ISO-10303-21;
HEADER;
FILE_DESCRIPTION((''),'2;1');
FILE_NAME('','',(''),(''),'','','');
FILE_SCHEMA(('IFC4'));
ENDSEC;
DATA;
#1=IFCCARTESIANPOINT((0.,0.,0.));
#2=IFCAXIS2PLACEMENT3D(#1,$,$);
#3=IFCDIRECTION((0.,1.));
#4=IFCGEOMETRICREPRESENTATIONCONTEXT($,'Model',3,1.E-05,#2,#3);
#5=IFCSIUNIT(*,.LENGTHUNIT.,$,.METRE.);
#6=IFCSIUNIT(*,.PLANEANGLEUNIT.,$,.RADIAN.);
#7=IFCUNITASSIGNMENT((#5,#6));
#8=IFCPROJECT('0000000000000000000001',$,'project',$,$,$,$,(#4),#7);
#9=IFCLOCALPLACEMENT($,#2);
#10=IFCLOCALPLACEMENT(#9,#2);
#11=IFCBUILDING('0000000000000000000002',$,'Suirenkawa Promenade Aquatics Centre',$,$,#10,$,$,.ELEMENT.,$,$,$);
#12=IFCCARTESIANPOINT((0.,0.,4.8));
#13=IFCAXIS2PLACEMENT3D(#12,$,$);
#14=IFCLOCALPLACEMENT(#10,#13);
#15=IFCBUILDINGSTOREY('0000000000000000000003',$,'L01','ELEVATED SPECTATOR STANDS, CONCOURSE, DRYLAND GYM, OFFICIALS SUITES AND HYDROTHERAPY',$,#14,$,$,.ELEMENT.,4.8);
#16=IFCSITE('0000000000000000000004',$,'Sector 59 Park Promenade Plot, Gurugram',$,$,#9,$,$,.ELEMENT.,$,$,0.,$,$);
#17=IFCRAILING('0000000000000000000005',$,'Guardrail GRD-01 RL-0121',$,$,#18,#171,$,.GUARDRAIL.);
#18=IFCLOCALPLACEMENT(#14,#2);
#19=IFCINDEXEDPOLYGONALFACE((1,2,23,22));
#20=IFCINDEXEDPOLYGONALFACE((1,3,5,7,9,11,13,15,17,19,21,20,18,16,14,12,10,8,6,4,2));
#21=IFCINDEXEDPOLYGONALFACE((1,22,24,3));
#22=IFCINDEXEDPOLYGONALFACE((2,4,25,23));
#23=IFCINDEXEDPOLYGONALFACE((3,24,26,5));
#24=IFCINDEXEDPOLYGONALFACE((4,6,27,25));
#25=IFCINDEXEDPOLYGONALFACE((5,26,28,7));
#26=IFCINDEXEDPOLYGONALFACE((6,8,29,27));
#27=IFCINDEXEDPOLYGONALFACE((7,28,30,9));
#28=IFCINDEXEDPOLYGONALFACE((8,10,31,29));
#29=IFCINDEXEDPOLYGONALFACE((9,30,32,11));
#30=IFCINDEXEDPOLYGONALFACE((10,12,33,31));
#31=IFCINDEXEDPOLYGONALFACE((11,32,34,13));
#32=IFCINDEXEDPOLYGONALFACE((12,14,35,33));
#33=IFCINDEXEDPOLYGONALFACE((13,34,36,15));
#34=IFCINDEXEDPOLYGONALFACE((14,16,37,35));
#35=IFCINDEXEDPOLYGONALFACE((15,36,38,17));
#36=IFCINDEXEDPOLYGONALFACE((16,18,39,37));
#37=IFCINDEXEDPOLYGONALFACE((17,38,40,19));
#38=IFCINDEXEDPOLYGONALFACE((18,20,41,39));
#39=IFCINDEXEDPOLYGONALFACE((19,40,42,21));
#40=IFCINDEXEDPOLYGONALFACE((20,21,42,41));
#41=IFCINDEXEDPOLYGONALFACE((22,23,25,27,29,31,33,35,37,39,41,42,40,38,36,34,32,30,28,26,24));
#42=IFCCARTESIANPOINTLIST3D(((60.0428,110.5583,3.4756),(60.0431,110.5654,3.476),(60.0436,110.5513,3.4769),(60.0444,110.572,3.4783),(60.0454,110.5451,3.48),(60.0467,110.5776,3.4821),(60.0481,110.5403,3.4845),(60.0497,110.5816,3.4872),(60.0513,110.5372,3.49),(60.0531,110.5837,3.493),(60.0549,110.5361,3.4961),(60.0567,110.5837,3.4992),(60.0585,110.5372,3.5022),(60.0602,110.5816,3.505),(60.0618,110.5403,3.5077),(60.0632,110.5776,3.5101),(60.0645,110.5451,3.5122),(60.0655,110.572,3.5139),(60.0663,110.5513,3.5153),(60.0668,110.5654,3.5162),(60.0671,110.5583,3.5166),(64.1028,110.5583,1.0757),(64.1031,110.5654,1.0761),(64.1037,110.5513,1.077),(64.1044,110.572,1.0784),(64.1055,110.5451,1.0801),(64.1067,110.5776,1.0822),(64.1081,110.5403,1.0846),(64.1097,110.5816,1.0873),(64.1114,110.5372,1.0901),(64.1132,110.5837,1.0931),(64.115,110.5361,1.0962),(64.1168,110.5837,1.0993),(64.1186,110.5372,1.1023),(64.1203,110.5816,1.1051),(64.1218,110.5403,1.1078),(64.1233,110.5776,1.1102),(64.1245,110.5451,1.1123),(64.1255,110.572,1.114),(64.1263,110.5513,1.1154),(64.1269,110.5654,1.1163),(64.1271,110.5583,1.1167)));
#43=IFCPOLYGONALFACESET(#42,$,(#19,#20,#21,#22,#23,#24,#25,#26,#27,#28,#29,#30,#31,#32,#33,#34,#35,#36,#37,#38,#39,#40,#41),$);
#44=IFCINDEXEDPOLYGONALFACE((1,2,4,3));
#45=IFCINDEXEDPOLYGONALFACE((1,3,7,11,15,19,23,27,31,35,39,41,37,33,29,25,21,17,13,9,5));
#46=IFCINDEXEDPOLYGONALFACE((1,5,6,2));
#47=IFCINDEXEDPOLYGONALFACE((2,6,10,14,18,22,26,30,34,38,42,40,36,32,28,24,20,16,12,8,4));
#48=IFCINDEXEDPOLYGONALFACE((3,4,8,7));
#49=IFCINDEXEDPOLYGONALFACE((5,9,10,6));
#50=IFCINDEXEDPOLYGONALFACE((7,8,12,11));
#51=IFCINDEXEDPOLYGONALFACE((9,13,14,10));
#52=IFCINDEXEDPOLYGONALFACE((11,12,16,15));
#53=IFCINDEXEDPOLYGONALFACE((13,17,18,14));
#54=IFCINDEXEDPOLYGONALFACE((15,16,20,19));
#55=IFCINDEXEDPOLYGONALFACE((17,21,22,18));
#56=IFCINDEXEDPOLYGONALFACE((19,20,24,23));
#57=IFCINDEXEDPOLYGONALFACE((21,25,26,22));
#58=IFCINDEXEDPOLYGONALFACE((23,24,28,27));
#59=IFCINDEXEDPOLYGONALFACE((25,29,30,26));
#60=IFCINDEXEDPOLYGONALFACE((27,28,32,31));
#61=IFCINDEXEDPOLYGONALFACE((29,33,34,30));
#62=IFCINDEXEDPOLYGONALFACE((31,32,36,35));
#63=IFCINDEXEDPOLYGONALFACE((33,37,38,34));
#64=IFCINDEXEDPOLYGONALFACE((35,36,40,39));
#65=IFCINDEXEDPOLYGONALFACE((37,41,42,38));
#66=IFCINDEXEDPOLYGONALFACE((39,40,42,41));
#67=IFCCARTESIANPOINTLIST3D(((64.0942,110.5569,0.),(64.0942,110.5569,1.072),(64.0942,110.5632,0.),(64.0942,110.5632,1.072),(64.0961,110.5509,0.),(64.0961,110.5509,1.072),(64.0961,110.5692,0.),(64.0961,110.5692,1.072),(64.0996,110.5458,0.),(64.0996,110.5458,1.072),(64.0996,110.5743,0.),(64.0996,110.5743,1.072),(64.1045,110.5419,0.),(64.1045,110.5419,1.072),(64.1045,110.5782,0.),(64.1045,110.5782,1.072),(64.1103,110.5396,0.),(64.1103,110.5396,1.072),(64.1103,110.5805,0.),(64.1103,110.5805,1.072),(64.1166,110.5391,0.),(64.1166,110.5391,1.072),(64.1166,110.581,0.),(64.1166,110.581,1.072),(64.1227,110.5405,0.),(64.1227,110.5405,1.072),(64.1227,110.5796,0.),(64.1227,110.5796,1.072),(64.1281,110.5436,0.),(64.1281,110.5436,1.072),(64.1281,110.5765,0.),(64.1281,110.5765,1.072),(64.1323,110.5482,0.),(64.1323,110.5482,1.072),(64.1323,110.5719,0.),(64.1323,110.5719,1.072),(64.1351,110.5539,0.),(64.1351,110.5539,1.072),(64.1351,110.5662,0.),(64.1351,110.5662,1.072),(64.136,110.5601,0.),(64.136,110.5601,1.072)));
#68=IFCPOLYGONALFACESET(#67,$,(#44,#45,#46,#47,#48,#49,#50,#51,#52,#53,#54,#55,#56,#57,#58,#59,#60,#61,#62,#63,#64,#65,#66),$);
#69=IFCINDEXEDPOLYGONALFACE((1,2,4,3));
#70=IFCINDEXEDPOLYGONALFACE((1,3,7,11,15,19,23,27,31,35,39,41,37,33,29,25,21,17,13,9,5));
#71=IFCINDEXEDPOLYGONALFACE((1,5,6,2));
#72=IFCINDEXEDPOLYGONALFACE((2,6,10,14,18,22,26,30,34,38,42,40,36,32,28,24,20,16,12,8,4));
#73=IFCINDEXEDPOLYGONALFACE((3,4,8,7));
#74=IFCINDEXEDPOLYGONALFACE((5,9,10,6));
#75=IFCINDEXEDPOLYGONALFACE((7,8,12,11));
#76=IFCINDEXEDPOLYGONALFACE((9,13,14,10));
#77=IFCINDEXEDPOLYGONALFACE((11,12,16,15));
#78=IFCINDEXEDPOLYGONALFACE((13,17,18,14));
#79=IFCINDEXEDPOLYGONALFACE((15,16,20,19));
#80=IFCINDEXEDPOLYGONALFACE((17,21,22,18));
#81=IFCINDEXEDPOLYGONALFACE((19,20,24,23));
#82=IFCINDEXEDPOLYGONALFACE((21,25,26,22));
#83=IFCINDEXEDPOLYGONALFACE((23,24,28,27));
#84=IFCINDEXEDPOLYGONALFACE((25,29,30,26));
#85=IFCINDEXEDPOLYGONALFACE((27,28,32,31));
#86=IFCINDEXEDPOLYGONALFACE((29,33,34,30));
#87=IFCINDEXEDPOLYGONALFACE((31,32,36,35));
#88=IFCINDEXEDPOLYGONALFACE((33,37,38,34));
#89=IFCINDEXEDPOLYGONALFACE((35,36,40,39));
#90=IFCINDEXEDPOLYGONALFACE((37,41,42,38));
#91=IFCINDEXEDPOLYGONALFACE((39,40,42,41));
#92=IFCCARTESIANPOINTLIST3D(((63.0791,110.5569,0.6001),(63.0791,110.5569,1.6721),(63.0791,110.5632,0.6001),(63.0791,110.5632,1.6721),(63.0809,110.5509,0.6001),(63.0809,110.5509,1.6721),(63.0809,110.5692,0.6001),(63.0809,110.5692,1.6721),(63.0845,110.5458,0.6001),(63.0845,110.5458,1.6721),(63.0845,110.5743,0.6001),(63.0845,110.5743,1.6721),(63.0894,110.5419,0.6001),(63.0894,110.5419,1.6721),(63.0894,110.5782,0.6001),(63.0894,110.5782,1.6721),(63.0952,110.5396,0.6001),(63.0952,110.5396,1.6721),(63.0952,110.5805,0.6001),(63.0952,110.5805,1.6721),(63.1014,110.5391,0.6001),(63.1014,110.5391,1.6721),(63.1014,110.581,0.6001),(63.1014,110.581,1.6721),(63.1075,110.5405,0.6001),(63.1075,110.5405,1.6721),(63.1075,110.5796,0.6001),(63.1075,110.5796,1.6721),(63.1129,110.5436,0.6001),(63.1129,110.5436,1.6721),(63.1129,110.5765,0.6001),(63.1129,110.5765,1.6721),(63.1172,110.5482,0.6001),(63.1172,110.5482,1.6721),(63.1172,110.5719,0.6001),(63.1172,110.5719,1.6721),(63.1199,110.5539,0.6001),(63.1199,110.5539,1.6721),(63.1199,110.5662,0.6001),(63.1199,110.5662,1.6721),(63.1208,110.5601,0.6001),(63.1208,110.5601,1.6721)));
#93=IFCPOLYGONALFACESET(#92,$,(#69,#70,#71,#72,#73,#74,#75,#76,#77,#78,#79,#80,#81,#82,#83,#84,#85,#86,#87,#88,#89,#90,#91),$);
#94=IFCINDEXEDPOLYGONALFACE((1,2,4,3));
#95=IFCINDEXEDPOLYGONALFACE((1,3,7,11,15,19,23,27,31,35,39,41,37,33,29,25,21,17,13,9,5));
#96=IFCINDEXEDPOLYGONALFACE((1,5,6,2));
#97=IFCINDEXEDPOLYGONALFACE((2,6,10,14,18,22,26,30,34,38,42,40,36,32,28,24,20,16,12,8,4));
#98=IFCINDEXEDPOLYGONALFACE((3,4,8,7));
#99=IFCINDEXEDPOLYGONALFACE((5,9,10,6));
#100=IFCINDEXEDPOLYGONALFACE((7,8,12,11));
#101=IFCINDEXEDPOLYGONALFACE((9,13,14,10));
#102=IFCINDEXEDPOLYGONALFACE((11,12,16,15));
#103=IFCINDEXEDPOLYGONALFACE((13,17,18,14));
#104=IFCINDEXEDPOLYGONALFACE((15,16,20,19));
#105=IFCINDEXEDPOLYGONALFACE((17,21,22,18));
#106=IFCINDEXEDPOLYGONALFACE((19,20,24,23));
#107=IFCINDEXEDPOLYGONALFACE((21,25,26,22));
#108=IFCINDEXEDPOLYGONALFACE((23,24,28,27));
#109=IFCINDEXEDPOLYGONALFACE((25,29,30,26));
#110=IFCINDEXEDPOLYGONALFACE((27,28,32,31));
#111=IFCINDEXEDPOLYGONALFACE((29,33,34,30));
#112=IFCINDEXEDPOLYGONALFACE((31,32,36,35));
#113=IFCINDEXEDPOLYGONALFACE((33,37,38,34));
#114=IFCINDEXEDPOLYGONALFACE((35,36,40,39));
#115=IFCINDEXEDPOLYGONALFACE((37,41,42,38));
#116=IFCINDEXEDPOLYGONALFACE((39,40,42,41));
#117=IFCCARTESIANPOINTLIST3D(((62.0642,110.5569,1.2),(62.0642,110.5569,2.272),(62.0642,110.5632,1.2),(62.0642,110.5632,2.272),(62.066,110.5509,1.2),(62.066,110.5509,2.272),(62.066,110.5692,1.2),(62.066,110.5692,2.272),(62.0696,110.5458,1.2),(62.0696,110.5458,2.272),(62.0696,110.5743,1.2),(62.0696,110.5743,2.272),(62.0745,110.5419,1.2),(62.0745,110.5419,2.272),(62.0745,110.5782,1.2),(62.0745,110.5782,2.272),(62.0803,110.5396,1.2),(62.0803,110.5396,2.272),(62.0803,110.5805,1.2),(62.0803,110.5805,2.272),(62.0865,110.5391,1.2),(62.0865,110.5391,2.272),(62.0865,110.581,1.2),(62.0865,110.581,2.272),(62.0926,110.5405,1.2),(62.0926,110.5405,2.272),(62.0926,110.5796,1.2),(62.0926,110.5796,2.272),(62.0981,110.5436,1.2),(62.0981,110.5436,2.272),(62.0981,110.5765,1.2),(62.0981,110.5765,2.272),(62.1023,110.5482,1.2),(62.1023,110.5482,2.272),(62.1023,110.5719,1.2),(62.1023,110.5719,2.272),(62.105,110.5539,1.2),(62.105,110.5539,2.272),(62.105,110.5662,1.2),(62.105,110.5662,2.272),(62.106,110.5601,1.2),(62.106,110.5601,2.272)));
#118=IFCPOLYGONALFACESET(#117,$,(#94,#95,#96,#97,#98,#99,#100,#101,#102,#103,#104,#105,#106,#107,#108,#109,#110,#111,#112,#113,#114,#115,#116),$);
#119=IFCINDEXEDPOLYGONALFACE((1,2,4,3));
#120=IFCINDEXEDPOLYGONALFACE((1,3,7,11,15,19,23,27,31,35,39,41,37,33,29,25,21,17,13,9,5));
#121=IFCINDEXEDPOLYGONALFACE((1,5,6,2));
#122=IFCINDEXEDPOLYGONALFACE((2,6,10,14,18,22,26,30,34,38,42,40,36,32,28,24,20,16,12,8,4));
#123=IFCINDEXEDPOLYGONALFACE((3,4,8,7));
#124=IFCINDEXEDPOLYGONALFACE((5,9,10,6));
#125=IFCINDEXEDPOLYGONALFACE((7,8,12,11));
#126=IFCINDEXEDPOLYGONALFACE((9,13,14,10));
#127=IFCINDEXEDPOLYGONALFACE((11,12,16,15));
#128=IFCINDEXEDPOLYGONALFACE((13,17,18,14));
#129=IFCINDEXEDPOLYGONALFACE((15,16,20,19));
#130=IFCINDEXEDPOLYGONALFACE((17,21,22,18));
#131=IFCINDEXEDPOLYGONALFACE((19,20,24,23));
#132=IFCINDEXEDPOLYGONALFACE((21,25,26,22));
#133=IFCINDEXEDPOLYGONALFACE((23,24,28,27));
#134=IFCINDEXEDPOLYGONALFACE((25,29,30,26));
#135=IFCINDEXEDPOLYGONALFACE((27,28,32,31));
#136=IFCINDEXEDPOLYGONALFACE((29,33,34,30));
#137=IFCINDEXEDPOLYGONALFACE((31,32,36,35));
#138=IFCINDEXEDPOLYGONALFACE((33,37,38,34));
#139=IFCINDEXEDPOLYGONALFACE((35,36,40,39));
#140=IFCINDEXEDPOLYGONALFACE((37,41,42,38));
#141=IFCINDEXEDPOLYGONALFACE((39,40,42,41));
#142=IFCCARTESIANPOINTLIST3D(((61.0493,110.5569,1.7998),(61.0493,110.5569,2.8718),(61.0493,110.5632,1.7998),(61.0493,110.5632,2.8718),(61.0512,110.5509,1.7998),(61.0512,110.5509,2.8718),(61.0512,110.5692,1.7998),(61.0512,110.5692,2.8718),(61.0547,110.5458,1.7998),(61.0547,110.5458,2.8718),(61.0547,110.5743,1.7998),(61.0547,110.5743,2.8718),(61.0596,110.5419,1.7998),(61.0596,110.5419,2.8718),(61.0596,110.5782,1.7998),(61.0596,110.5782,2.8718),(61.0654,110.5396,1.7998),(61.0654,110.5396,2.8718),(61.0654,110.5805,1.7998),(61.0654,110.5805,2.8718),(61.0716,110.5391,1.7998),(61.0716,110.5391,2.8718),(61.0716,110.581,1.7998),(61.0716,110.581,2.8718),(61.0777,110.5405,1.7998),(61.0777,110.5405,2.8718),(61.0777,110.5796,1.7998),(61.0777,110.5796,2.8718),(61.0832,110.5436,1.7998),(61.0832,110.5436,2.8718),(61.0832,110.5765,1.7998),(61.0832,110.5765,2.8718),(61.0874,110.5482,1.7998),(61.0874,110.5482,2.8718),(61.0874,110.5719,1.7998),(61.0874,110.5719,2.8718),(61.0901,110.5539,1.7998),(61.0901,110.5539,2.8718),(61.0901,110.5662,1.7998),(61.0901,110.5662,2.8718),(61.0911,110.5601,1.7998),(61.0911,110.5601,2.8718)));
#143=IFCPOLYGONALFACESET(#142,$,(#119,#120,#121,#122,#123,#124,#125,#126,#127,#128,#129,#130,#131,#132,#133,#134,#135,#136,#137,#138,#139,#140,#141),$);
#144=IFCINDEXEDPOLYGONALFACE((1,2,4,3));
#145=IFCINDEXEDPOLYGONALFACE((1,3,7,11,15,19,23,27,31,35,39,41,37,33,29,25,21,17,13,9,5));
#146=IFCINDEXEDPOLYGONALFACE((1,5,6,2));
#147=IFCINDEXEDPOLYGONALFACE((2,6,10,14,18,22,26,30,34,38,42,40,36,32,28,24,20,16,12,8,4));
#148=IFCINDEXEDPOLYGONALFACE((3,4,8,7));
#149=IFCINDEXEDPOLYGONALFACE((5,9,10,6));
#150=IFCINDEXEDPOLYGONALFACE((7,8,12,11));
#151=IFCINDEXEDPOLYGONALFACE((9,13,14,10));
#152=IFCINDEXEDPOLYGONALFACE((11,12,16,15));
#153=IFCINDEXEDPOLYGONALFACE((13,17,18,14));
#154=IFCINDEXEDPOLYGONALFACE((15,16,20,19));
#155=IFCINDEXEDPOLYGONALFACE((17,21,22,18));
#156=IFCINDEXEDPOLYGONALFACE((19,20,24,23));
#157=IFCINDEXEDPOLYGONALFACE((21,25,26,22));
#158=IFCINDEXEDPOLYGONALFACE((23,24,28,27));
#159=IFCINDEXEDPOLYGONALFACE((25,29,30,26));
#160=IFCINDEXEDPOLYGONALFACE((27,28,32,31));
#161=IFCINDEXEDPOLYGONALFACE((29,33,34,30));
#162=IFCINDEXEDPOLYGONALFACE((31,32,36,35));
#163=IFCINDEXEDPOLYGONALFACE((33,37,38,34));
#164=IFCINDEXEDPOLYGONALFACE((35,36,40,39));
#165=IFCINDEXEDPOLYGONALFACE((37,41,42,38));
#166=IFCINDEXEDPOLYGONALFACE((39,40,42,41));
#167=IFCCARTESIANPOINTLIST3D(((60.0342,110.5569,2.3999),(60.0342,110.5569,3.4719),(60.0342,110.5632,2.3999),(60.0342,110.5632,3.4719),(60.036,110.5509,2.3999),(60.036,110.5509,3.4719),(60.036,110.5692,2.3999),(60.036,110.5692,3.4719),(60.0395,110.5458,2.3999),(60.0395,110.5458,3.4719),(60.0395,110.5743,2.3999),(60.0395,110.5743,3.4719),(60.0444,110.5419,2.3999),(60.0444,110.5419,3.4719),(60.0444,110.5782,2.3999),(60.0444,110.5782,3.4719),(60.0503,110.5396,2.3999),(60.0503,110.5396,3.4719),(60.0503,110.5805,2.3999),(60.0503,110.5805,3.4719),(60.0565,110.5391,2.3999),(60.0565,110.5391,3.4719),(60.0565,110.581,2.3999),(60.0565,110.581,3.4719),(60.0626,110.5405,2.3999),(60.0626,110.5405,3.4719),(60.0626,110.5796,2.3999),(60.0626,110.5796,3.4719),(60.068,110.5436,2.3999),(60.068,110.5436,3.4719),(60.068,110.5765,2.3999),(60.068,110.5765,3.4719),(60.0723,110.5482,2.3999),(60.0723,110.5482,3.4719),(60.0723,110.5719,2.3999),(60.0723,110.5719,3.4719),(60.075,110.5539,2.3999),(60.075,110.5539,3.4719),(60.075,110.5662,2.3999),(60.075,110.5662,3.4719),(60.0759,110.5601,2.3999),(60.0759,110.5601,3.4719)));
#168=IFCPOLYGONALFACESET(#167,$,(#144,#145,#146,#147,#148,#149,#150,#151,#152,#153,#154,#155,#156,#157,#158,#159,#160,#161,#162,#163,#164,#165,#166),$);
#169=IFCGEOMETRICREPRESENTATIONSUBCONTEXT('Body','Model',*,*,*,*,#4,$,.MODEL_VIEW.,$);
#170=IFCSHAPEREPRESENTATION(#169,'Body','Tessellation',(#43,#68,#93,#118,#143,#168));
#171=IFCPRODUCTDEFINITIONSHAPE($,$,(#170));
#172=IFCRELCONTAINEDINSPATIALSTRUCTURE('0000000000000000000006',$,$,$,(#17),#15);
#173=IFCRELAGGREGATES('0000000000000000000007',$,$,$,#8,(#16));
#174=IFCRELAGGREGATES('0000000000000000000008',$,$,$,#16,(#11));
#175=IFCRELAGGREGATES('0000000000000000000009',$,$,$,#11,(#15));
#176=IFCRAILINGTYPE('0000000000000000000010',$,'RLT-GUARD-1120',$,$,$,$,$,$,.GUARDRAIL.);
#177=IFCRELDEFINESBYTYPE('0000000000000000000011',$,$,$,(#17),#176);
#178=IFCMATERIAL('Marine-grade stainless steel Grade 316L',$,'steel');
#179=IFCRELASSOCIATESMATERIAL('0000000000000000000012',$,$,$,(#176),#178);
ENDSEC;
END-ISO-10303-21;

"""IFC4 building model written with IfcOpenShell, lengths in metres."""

from ifc_helpers import new_model, si_unit, direction, frame, origin, origin_2d, place, context, subcontext, project, spatial, circle, extrude, material, type_object, element, save


model = new_model("IFC4")

# Units and contexts
model_context = context("Model", 3, precision=1e-05, world=origin(), true_north=direction((0.0, 1.0)))
body_context = subcontext(model_context, "Body", "Model", "MODEL_VIEW")
ifc_project = project(units=[si_unit("LENGTHUNIT", "METRE"), si_unit("PLANEANGLEUNIT", "RADIAN")], contexts=[model_context])

# Site, building, storey
site_placement = place(None, origin())
site = spatial("IfcSite", under=ifc_project, at=site_placement, Name="Sector 59 Park Promenade Plot, Gurugram", CompositionType="ELEMENT", RefElevation=0.0)
building_placement = place(site_placement, origin())
building = spatial("IfcBuilding", under=site, at=building_placement, Name="Suirenkawa Promenade Aquatics Centre", CompositionType="ELEMENT")
storey_placement = place(building_placement, frame((0.0, 0.0, 4.8)))
storey = spatial("IfcBuildingStorey", under=building, at=storey_placement, Name="L01", Description="ELEVATED SPECTATOR STANDS, CONCOURSE, DRYLAND GYM, OFFICIALS SUITES AND HYDROTHERAPY", CompositionType="ELEMENT", Elevation=4.8)

# Railing
ifc_material_1 = material(Name="Marine-grade stainless steel Grade 316L", Category="steel")
railing_type_1 = type_object("IfcRailingType", Name="RLT-GUARD-1120", PredefinedType="GUARDRAIL", material=ifc_material_1)
for number, where, name in (
    (1, (64.115, 110.5601, 0.0), "Guardrail GRD-01 RL-0121"),
):
    element("IfcRailing", number, at=place(storey_placement, frame(where)), inside=storey, type_object=railing_type_1, Name=name, PredefinedType="GUARDRAIL", context=body_context, shape_type="SweptSolid", body=[
        extrude(circle(Radius=0.0239, at=origin_2d()), frame((0.0, 0.0, 1.0962), z_axis=(-0.860854, 0.0, 0.508851), x_axis=(0.0, -1.0, 0.0)), (0.0, 0.0, 1.0), 4.7163),
        extrude(circle(Radius=0.021, at=origin_2d()), origin(), (0.0, 0.0, 1.0), 1.072),
        extrude(circle(Radius=0.021, at=origin_2d()), frame((-1.0151, 0.0, 0.6001)), (0.0, 0.0, 1.0), 1.072),
        extrude(circle(Radius=0.021, at=origin_2d()), frame((-2.03, 0.0, 1.2)), (0.0, 0.0, 1.0), 1.072),
        extrude(circle(Radius=0.021, at=origin_2d()), frame((-3.0449, 0.0, 1.7998)), (0.0, 0.0, 1.0), 1.072),
        extrude(circle(Radius=0.021, at=origin_2d()), frame((-4.0601, 0.0, 2.3999)), (0.0, 0.0, 1.0), 1.072),
    ])

save(model, "model.ifc")
